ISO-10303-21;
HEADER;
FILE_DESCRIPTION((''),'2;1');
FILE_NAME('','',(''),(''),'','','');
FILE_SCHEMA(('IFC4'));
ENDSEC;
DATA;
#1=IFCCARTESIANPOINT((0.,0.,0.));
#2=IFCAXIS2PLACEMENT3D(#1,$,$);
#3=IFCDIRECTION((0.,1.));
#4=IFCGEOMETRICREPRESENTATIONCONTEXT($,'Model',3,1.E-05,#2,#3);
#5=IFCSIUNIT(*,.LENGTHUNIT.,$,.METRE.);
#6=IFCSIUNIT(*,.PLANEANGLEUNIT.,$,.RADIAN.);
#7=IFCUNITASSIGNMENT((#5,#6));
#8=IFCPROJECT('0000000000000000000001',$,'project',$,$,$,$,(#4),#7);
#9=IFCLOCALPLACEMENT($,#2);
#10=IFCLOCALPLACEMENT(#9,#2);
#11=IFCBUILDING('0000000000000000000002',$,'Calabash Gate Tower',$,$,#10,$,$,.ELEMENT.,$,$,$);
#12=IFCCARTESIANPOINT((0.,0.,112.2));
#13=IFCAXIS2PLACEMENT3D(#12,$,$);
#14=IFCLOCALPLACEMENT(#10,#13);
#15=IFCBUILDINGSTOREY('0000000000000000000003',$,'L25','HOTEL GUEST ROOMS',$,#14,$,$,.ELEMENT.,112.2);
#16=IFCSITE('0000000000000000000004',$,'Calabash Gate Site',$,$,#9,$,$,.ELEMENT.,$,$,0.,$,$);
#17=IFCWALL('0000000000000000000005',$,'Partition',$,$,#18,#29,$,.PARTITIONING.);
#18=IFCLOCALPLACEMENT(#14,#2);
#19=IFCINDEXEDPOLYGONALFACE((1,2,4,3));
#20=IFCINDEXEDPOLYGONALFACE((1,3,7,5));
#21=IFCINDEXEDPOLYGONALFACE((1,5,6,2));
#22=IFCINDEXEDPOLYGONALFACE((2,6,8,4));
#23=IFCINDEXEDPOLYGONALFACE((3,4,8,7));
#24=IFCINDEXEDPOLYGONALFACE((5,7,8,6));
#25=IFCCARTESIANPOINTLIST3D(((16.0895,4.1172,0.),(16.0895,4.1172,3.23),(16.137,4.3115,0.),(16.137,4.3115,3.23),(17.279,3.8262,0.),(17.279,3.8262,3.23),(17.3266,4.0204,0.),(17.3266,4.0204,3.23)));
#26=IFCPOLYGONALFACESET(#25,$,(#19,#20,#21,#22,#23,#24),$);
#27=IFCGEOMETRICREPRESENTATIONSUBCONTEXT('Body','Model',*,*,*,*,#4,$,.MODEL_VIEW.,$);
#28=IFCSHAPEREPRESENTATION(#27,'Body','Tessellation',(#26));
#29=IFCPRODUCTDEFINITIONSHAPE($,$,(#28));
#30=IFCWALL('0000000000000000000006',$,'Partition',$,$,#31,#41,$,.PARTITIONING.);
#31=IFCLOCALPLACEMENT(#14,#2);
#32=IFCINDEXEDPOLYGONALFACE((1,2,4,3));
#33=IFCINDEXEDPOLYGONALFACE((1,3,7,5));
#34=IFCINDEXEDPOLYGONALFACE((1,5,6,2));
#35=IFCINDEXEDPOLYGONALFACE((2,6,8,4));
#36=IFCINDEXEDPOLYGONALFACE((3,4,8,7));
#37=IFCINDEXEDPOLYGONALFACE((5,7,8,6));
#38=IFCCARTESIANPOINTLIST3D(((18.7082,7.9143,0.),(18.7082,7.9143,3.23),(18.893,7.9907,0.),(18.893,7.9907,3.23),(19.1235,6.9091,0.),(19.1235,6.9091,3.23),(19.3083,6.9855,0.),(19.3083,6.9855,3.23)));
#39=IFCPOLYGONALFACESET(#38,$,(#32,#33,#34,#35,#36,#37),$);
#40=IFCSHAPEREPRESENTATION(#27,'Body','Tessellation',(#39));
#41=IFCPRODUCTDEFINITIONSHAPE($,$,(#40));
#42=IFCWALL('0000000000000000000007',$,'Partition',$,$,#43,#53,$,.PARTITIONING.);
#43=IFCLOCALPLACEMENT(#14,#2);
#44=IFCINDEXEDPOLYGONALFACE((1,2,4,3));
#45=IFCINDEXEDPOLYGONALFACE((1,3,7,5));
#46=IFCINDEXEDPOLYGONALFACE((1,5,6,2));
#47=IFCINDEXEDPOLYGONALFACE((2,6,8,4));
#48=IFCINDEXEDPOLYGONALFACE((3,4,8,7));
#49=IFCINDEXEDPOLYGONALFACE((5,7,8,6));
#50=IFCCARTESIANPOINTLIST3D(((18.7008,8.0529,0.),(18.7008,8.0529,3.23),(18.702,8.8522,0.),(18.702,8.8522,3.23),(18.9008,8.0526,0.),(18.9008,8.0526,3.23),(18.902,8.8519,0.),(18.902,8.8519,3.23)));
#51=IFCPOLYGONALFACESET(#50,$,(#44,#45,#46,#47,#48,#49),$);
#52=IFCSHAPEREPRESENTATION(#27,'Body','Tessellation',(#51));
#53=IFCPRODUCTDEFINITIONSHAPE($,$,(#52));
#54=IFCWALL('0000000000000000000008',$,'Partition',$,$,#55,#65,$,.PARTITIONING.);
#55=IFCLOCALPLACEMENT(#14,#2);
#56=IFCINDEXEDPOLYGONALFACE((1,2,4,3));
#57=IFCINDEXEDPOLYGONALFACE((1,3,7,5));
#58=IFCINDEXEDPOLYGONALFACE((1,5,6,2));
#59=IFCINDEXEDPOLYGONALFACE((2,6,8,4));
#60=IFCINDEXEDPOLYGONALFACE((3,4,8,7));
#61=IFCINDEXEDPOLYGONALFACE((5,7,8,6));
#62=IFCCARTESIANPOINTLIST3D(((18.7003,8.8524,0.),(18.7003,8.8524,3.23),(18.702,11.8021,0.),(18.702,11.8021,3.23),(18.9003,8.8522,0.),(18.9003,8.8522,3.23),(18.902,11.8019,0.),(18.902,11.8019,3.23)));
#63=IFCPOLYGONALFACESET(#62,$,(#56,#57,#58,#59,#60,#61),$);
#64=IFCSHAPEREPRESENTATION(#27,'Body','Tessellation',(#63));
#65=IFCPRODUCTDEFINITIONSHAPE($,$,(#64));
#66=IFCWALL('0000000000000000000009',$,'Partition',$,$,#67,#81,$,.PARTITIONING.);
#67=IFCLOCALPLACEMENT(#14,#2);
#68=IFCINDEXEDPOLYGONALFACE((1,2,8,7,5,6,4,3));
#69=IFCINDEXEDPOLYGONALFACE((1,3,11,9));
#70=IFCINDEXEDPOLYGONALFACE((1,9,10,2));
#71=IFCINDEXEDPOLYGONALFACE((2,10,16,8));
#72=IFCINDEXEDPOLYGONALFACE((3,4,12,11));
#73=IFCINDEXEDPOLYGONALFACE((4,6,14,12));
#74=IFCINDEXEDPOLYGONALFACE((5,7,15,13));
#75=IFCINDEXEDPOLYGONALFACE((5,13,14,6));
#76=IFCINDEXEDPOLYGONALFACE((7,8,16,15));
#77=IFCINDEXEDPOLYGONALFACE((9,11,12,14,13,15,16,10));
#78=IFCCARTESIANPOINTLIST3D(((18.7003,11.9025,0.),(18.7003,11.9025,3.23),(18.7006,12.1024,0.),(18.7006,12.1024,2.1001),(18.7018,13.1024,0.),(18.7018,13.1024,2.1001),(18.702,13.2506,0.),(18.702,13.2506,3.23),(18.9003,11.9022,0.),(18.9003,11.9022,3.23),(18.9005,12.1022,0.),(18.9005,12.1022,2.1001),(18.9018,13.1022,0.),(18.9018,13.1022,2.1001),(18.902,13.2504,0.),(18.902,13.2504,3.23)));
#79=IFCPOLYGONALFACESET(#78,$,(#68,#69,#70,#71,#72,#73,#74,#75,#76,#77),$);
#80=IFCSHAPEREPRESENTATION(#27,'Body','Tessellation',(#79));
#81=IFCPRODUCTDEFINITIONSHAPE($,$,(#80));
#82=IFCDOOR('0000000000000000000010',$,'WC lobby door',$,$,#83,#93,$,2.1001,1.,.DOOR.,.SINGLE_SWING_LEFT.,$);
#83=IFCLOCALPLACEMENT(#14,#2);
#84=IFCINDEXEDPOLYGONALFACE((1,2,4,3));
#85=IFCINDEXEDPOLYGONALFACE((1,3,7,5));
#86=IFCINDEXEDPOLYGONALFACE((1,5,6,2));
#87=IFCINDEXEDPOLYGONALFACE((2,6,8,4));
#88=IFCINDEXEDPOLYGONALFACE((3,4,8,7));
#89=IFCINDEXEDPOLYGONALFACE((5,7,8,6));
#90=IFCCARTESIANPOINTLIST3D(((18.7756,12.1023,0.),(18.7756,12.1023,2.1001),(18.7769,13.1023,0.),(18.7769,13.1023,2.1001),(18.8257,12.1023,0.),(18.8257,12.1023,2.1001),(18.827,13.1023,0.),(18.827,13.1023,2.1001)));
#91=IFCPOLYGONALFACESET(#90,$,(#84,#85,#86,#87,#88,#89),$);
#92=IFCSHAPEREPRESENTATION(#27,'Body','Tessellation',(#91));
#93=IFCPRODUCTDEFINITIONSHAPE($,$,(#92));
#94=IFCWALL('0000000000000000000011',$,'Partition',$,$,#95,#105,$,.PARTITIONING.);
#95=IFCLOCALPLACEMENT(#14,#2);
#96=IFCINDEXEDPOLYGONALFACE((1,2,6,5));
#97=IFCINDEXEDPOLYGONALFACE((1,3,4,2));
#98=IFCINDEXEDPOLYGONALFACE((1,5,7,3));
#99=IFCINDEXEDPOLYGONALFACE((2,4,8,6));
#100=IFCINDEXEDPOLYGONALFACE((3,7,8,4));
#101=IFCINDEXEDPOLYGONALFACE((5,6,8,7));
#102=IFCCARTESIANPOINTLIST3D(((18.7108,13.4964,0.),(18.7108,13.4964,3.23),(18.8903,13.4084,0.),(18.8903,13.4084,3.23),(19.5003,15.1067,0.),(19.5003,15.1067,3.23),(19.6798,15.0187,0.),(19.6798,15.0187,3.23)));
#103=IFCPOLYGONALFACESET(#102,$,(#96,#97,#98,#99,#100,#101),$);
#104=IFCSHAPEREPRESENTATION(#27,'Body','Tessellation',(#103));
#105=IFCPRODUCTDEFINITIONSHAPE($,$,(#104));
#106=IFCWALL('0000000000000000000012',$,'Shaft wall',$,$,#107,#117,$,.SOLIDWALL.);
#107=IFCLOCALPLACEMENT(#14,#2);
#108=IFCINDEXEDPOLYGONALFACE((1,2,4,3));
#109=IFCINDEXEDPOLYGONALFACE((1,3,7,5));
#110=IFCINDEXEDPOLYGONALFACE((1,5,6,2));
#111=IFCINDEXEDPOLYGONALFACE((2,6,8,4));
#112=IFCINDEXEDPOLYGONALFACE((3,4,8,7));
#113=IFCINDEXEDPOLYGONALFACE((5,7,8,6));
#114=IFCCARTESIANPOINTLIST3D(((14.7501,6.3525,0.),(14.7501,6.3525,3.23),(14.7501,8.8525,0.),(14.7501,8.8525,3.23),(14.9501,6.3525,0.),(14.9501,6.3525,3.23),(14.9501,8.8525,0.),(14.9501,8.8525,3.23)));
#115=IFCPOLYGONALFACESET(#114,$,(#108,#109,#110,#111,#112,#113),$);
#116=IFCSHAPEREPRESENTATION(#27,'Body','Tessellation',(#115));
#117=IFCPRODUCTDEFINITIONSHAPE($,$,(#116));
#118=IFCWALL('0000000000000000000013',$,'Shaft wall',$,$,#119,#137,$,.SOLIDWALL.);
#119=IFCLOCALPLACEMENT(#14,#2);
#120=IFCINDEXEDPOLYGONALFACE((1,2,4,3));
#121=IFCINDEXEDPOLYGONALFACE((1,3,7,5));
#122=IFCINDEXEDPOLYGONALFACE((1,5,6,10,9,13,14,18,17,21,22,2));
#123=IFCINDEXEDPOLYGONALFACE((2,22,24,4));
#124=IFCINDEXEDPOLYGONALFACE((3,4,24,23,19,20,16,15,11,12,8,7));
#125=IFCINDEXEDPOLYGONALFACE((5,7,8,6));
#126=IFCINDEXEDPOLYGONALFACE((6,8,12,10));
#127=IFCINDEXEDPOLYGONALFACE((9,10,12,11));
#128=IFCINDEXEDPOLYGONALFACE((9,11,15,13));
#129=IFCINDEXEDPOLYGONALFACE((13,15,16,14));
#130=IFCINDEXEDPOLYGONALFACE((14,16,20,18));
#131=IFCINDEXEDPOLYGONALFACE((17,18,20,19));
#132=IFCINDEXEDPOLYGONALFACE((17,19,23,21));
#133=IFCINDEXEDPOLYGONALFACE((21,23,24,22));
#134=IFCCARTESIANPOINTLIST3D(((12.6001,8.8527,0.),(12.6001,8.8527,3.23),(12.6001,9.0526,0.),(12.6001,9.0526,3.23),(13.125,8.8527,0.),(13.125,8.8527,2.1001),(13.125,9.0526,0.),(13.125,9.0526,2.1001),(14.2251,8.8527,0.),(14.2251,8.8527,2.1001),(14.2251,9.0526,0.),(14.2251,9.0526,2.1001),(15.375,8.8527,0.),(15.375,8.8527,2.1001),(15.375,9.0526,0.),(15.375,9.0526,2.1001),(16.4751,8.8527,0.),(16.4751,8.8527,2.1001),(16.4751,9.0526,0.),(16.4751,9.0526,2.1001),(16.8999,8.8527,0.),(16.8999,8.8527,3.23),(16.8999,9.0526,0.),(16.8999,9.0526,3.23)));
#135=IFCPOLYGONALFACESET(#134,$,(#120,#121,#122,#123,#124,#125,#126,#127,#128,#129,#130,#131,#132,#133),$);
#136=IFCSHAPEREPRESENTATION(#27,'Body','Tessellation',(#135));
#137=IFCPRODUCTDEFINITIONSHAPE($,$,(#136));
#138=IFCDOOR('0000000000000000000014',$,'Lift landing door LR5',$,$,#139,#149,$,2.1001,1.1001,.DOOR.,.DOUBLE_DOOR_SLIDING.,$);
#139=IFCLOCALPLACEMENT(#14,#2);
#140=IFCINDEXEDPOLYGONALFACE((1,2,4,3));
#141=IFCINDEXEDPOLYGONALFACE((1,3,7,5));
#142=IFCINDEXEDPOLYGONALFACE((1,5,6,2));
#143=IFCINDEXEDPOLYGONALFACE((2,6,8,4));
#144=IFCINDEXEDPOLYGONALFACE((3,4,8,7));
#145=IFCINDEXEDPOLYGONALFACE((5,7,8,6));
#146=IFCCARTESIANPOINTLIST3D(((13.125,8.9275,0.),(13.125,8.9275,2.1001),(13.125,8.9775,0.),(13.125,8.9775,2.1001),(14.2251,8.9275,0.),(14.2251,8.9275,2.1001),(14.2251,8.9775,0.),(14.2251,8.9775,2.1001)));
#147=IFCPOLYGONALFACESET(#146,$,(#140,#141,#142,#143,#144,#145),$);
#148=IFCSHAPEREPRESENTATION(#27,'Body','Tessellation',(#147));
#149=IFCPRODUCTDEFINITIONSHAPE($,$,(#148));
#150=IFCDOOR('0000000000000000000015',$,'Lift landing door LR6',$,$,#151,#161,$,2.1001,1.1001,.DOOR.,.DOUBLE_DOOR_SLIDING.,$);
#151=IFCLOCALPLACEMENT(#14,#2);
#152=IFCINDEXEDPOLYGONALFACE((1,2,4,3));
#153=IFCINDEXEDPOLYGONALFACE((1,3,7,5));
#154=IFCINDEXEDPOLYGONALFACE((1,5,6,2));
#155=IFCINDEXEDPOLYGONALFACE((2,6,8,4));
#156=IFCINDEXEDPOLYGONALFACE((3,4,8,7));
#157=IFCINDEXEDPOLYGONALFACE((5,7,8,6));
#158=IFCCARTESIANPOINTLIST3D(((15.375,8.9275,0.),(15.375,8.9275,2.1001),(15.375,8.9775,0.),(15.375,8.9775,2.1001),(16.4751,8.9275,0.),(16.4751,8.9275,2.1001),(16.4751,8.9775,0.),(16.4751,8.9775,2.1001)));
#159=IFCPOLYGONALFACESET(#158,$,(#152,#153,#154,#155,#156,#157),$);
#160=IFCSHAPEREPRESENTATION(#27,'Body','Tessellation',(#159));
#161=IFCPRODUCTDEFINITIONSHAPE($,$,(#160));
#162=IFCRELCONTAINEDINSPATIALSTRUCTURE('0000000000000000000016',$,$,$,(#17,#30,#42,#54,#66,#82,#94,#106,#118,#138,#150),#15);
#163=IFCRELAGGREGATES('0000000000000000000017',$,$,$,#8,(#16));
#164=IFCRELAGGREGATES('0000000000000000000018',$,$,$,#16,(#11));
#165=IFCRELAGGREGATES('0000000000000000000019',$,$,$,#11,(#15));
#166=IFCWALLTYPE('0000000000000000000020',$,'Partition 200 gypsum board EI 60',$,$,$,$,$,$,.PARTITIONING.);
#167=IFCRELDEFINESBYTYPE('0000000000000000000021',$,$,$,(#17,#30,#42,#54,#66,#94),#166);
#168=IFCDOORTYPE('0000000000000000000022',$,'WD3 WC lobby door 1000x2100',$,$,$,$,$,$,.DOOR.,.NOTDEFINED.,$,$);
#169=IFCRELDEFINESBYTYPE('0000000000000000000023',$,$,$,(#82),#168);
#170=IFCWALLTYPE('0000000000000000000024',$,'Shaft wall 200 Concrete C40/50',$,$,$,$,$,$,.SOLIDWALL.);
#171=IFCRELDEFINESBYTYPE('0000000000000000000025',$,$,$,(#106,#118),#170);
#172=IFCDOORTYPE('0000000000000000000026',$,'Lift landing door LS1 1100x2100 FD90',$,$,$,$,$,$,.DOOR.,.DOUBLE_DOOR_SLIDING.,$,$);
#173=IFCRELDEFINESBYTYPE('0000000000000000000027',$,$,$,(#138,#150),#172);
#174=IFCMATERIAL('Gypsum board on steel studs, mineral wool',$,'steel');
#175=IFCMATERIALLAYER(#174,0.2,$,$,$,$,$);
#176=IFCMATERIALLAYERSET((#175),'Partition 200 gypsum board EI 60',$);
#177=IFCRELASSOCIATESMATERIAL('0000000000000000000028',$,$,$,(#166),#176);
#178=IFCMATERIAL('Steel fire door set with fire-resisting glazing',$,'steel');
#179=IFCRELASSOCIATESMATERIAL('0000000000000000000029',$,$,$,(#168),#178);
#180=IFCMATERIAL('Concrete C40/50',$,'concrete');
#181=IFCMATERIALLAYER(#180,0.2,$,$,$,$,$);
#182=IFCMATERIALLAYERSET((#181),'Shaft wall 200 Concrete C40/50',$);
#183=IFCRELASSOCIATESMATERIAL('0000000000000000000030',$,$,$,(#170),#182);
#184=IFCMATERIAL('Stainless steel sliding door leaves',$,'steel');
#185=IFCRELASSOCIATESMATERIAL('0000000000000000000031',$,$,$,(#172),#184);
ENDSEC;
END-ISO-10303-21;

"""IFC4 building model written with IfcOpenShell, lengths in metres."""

from ifc_helpers import new_model, si_unit, direction, frame, frame_2d, origin, place, context, subcontext, project, spatial, rectangle, extrude, material, layer, layer_set, type_object, element, fill, save


model = new_model("IFC4")

# Units and contexts
model_context = context("Model", 3, precision=1e-05, world=origin(), true_north=direction((0.0, 1.0)))
body_context = subcontext(model_context, "Body", "Model", "MODEL_VIEW")
ifc_project = project(units=[si_unit("LENGTHUNIT", "METRE"), si_unit("PLANEANGLEUNIT", "RADIAN")], contexts=[model_context])

# Site, building, storey
site_placement = place(None, origin())
site = spatial("IfcSite", under=ifc_project, at=site_placement, Name="Calabash Gate Site", CompositionType="ELEMENT", RefElevation=0.0)
building_placement = place(site_placement, origin())
building = spatial("IfcBuilding", under=site, at=building_placement, Name="Calabash Gate Tower", CompositionType="ELEMENT")
storey_placement = place(building_placement, frame((0.0, 0.0, 112.2)))
storey = spatial("IfcBuildingStorey", under=building, at=storey_placement, Name="L25", Description="HOTEL GUEST ROOMS", CompositionType="ELEMENT", Elevation=112.2)

# Walls
ifc_material_1 = material(Name="Gypsum board on steel studs, mineral wool", Category="steel")
ifc_layer_1 = layer(ifc_material_1, 0.2)
ifc_layer_set_1 = layer_set([ifc_layer_1], Name="Partition 200 gypsum board EI 60")
wall_type_1 = type_object("IfcWallType", Name="Partition 200 gypsum board EI 60", PredefinedType="PARTITIONING", material=ifc_layer_set_1)
wall_1_placement = place(storey_placement, frame((16.1133, 4.2144, 0.0), z_axis=(0.0, 0.0, 1.0), x_axis=(0.97135, -0.237654, 0.0)))
element("IfcWall", 1, at=wall_1_placement, inside=storey, type_object=wall_type_1, Name="Partition", PredefinedType="PARTITIONING", context=body_context, shape_type="SweptSolid", body=[
    extrude(rectangle(XDim=1.2246, YDim=0.2, at=frame_2d((0.6123, 0.0))), origin(), (0.0, 0.0, 1.0), 3.23),
])
wall_2_placement = place(storey_placement, frame((18.8005, 7.9526, 0.0), z_axis=(0.0, 0.0, 1.0), x_axis=(0.381856, -0.924222, 0.0)))
element("IfcWall", 2, at=wall_2_placement, inside=storey, type_object=wall_type_1, Name="Partition", PredefinedType="PARTITIONING", context=body_context, shape_type="SweptSolid", body=[
    extrude(rectangle(XDim=1.0876, YDim=0.2, at=frame_2d((0.5439, 0.0))), origin(), (0.0, 0.0, 1.0), 3.23),
])
wall_3_placement = place(storey_placement, frame((18.8008, 8.0527, 0.0), z_axis=(0.0, 0.0, 1.0), x_axis=(0.001527, 0.999999, 0.0)))
element("IfcWall", 3, at=wall_3_placement, inside=storey, type_object=wall_type_1, Name="Partition", PredefinedType="PARTITIONING", context=body_context, shape_type="SweptSolid", body=[
    extrude(rectangle(XDim=0.7993, YDim=0.2, at=frame_2d((0.3997, 0.0))), origin(), (0.0, 0.0, 1.0), 3.23),
])
wall_4_placement = place(storey_placement, frame((18.8003, 8.8523, 0.0), z_axis=(0.0, 0.0, 1.0), x_axis=(0.000579, 1.0, 0.0)))
element("IfcWall", 4, at=wall_4_placement, inside=storey, type_object=wall_type_1, Name="Partition", PredefinedType="PARTITIONING", context=body_context, shape_type="SweptSolid", body=[
    extrude(rectangle(XDim=2.9497, YDim=0.2, at=frame_2d((1.4749, 0.0))), origin(), (0.0, 0.0, 1.0), 3.23),
])

# Wall, opening, door
wall_5_placement = place(storey_placement, frame((18.8003, 11.9023, 0.0), z_axis=(0.0, 0.0, 1.0), x_axis=(0.001268, 0.999999, 0.0)))
wall_5 = element("IfcWall", 5, at=wall_5_placement, inside=storey, type_object=wall_type_1, Name="Partition", PredefinedType="PARTITIONING", context=body_context, shape_type="SweptSolid", body=[
    extrude(rectangle(XDim=1.3481, YDim=0.2, at=frame_2d((0.6741, 0.0))), origin(), (0.0, 0.0, 1.0), 3.23),
])
opening_1_placement = place(wall_5_placement, frame((0.2, 0.0, 0.0)))
opening_1 = element("IfcOpeningElement", 6, at=opening_1_placement, cuts=wall_5, PredefinedType="OPENING", context=body_context, shape_type="SweptSolid", body=[
    extrude(rectangle(XDim=1.0, YDim=2.1001, at=frame_2d((0.5, 1.05))), frame((0.0, 0.1099, 0.0), z_axis=(0.0, -1.0, 0.0), x_axis=(1.0, 0.0, 0.0)), (0.0, 0.0, 1.0), 0.22),
])
ifc_material_2 = material(Name="Steel fire door set with fire-resisting glazing", Category="steel")
door_type_1 = type_object("IfcDoorType", Name="WD3 WC lobby door 1000x2100", OperationType="NOTDEFINED", PredefinedType="DOOR", material=ifc_material_2)
door_1_placement = place(opening_1_placement, origin())
door_1 = element("IfcDoor", 7, at=door_1_placement, inside=storey, type_object=door_type_1, Name="WC lobby door", OperationType="SINGLE_SWING_LEFT", OverallHeight=2.1001, OverallWidth=1.0, PredefinedType="DOOR", context=body_context, shape_type="SweptSolid", body=[
    extrude(rectangle(XDim=1.0, YDim=2.1001, at=frame_2d((0.5, 1.05))), frame((0.0, 0.0249, 0.0), z_axis=(0.0, -1.0, 0.0), x_axis=(1.0, 0.0, 0.0)), (0.0, 0.0, 1.0), 0.05),
])
fill(opening_1, door_1)

# Walls
wall_6_placement = place(storey_placement, frame((18.8005, 13.4524, 0.0), z_axis=(0.0, 0.0, 1.0), x_axis=(0.44023, 0.897885, 0.0)))
element("IfcWall", 8, at=wall_6_placement, inside=storey, type_object=wall_type_1, Name="Partition", PredefinedType="PARTITIONING", context=body_context, shape_type="SweptSolid", body=[
    extrude(rectangle(XDim=1.7935, YDim=0.2, at=frame_2d((0.8967, 0.0))), origin(), (0.0, 0.0, 1.0), 3.23),
])
ifc_material_3 = material(Name="Concrete C40/50", Category="concrete")
ifc_layer_2 = layer(ifc_material_3, 0.2)
ifc_layer_set_2 = layer_set([ifc_layer_2], Name="Shaft wall 200 Concrete C40/50")
wall_type_2 = type_object("IfcWallType", Name="Shaft wall 200 Concrete C40/50", PredefinedType="SOLIDWALL", material=ifc_layer_set_2)
wall_7_placement = place(storey_placement, frame((14.8501, 6.3525, 0.0), z_axis=(0.0, 0.0, 1.0), x_axis=(0.0, 1.0, 0.0)))
element("IfcWall", 9, at=wall_7_placement, inside=storey, type_object=wall_type_2, Name="Shaft wall", PredefinedType="SOLIDWALL", context=body_context, shape_type="SweptSolid", body=[
    extrude(rectangle(XDim=2.5, YDim=0.2, at=frame_2d((1.25, 0.0))), origin(), (0.0, 0.0, 1.0), 3.23),
])

# Wall, openings, doors
wall_8_placement = place(storey_placement, frame((12.6001, 8.9526, 0.0), z_axis=(0.0, 0.0, 1.0), x_axis=(1.0, 0.0, 0.0)))
wall_8 = element("IfcWall", 10, at=wall_8_placement, inside=storey, type_object=wall_type_2, Name="Shaft wall", PredefinedType="SOLIDWALL", context=body_context, shape_type="SweptSolid", body=[
    extrude(rectangle(XDim=4.2998, YDim=0.2, at=frame_2d((2.1499, 0.0))), origin(), (0.0, 0.0, 1.0), 3.23),
])
opening_2_placement = place(wall_8_placement, frame((0.5249, 0.0, 0.0)))
opening_2 = element("IfcOpeningElement", 11, at=opening_2_placement, cuts=wall_8, PredefinedType="OPENING", context=body_context, shape_type="SweptSolid", body=[
    extrude(rectangle(XDim=1.1001, YDim=2.1001, at=frame_2d((0.55, 1.05))), frame((0.0, 0.1099, 0.0), z_axis=(0.0, -1.0, 0.0), x_axis=(1.0, 0.0, 0.0)), (0.0, 0.0, 1.0), 0.22),
])
opening_3_placement = place(wall_8_placement, frame((2.7749, 0.0, 0.0)))
opening_3 = element("IfcOpeningElement", 12, at=opening_3_placement, cuts=wall_8, PredefinedType="OPENING", context=body_context, shape_type="SweptSolid", body=[
    extrude(rectangle(XDim=1.1001, YDim=2.1001, at=frame_2d((0.55, 1.05))), frame((0.0, 0.1099, 0.0), z_axis=(0.0, -1.0, 0.0), x_axis=(1.0, 0.0, 0.0)), (0.0, 0.0, 1.0), 0.22),
])
ifc_material_4 = material(Name="Stainless steel sliding door leaves", Category="steel")
door_type_2 = type_object("IfcDoorType", Name="Lift landing door LS1 1100x2100 FD90", OperationType="DOUBLE_DOOR_SLIDING", PredefinedType="DOOR", material=ifc_material_4)
door_2_placement = place(opening_2_placement, origin())
door_2 = element("IfcDoor", 13, at=door_2_placement, inside=storey, type_object=door_type_2, Name="Lift landing door LR5", OperationType="DOUBLE_DOOR_SLIDING", OverallHeight=2.1001, OverallWidth=1.1001, PredefinedType="DOOR", context=body_context, shape_type="SweptSolid", body=[
    extrude(rectangle(XDim=1.1001, YDim=2.1001, at=frame_2d((0.55, 1.05))), frame((0.0, 0.0249, 0.0), z_axis=(0.0, -1.0, 0.0), x_axis=(1.0, 0.0, 0.0)), (0.0, 0.0, 1.0), 0.05),
])
fill(opening_2, door_2)
door_3_placement = place(opening_3_placement, origin())
door_3 = element("IfcDoor", 14, at=door_3_placement, inside=storey, type_object=door_type_2, Name="Lift landing door LR6", OperationType="DOUBLE_DOOR_SLIDING", OverallHeight=2.1001, OverallWidth=1.1001, PredefinedType="DOOR", context=body_context, shape_type="SweptSolid", body=[
    extrude(rectangle(XDim=1.1001, YDim=2.1001, at=frame_2d((0.55, 1.05))), frame((0.0, 0.0249, 0.0), z_axis=(0.0, -1.0, 0.0), x_axis=(1.0, 0.0, 0.0)), (0.0, 0.0, 1.0), 0.05),
])
fill(opening_3, door_3)

save(model, "model.ifc")
